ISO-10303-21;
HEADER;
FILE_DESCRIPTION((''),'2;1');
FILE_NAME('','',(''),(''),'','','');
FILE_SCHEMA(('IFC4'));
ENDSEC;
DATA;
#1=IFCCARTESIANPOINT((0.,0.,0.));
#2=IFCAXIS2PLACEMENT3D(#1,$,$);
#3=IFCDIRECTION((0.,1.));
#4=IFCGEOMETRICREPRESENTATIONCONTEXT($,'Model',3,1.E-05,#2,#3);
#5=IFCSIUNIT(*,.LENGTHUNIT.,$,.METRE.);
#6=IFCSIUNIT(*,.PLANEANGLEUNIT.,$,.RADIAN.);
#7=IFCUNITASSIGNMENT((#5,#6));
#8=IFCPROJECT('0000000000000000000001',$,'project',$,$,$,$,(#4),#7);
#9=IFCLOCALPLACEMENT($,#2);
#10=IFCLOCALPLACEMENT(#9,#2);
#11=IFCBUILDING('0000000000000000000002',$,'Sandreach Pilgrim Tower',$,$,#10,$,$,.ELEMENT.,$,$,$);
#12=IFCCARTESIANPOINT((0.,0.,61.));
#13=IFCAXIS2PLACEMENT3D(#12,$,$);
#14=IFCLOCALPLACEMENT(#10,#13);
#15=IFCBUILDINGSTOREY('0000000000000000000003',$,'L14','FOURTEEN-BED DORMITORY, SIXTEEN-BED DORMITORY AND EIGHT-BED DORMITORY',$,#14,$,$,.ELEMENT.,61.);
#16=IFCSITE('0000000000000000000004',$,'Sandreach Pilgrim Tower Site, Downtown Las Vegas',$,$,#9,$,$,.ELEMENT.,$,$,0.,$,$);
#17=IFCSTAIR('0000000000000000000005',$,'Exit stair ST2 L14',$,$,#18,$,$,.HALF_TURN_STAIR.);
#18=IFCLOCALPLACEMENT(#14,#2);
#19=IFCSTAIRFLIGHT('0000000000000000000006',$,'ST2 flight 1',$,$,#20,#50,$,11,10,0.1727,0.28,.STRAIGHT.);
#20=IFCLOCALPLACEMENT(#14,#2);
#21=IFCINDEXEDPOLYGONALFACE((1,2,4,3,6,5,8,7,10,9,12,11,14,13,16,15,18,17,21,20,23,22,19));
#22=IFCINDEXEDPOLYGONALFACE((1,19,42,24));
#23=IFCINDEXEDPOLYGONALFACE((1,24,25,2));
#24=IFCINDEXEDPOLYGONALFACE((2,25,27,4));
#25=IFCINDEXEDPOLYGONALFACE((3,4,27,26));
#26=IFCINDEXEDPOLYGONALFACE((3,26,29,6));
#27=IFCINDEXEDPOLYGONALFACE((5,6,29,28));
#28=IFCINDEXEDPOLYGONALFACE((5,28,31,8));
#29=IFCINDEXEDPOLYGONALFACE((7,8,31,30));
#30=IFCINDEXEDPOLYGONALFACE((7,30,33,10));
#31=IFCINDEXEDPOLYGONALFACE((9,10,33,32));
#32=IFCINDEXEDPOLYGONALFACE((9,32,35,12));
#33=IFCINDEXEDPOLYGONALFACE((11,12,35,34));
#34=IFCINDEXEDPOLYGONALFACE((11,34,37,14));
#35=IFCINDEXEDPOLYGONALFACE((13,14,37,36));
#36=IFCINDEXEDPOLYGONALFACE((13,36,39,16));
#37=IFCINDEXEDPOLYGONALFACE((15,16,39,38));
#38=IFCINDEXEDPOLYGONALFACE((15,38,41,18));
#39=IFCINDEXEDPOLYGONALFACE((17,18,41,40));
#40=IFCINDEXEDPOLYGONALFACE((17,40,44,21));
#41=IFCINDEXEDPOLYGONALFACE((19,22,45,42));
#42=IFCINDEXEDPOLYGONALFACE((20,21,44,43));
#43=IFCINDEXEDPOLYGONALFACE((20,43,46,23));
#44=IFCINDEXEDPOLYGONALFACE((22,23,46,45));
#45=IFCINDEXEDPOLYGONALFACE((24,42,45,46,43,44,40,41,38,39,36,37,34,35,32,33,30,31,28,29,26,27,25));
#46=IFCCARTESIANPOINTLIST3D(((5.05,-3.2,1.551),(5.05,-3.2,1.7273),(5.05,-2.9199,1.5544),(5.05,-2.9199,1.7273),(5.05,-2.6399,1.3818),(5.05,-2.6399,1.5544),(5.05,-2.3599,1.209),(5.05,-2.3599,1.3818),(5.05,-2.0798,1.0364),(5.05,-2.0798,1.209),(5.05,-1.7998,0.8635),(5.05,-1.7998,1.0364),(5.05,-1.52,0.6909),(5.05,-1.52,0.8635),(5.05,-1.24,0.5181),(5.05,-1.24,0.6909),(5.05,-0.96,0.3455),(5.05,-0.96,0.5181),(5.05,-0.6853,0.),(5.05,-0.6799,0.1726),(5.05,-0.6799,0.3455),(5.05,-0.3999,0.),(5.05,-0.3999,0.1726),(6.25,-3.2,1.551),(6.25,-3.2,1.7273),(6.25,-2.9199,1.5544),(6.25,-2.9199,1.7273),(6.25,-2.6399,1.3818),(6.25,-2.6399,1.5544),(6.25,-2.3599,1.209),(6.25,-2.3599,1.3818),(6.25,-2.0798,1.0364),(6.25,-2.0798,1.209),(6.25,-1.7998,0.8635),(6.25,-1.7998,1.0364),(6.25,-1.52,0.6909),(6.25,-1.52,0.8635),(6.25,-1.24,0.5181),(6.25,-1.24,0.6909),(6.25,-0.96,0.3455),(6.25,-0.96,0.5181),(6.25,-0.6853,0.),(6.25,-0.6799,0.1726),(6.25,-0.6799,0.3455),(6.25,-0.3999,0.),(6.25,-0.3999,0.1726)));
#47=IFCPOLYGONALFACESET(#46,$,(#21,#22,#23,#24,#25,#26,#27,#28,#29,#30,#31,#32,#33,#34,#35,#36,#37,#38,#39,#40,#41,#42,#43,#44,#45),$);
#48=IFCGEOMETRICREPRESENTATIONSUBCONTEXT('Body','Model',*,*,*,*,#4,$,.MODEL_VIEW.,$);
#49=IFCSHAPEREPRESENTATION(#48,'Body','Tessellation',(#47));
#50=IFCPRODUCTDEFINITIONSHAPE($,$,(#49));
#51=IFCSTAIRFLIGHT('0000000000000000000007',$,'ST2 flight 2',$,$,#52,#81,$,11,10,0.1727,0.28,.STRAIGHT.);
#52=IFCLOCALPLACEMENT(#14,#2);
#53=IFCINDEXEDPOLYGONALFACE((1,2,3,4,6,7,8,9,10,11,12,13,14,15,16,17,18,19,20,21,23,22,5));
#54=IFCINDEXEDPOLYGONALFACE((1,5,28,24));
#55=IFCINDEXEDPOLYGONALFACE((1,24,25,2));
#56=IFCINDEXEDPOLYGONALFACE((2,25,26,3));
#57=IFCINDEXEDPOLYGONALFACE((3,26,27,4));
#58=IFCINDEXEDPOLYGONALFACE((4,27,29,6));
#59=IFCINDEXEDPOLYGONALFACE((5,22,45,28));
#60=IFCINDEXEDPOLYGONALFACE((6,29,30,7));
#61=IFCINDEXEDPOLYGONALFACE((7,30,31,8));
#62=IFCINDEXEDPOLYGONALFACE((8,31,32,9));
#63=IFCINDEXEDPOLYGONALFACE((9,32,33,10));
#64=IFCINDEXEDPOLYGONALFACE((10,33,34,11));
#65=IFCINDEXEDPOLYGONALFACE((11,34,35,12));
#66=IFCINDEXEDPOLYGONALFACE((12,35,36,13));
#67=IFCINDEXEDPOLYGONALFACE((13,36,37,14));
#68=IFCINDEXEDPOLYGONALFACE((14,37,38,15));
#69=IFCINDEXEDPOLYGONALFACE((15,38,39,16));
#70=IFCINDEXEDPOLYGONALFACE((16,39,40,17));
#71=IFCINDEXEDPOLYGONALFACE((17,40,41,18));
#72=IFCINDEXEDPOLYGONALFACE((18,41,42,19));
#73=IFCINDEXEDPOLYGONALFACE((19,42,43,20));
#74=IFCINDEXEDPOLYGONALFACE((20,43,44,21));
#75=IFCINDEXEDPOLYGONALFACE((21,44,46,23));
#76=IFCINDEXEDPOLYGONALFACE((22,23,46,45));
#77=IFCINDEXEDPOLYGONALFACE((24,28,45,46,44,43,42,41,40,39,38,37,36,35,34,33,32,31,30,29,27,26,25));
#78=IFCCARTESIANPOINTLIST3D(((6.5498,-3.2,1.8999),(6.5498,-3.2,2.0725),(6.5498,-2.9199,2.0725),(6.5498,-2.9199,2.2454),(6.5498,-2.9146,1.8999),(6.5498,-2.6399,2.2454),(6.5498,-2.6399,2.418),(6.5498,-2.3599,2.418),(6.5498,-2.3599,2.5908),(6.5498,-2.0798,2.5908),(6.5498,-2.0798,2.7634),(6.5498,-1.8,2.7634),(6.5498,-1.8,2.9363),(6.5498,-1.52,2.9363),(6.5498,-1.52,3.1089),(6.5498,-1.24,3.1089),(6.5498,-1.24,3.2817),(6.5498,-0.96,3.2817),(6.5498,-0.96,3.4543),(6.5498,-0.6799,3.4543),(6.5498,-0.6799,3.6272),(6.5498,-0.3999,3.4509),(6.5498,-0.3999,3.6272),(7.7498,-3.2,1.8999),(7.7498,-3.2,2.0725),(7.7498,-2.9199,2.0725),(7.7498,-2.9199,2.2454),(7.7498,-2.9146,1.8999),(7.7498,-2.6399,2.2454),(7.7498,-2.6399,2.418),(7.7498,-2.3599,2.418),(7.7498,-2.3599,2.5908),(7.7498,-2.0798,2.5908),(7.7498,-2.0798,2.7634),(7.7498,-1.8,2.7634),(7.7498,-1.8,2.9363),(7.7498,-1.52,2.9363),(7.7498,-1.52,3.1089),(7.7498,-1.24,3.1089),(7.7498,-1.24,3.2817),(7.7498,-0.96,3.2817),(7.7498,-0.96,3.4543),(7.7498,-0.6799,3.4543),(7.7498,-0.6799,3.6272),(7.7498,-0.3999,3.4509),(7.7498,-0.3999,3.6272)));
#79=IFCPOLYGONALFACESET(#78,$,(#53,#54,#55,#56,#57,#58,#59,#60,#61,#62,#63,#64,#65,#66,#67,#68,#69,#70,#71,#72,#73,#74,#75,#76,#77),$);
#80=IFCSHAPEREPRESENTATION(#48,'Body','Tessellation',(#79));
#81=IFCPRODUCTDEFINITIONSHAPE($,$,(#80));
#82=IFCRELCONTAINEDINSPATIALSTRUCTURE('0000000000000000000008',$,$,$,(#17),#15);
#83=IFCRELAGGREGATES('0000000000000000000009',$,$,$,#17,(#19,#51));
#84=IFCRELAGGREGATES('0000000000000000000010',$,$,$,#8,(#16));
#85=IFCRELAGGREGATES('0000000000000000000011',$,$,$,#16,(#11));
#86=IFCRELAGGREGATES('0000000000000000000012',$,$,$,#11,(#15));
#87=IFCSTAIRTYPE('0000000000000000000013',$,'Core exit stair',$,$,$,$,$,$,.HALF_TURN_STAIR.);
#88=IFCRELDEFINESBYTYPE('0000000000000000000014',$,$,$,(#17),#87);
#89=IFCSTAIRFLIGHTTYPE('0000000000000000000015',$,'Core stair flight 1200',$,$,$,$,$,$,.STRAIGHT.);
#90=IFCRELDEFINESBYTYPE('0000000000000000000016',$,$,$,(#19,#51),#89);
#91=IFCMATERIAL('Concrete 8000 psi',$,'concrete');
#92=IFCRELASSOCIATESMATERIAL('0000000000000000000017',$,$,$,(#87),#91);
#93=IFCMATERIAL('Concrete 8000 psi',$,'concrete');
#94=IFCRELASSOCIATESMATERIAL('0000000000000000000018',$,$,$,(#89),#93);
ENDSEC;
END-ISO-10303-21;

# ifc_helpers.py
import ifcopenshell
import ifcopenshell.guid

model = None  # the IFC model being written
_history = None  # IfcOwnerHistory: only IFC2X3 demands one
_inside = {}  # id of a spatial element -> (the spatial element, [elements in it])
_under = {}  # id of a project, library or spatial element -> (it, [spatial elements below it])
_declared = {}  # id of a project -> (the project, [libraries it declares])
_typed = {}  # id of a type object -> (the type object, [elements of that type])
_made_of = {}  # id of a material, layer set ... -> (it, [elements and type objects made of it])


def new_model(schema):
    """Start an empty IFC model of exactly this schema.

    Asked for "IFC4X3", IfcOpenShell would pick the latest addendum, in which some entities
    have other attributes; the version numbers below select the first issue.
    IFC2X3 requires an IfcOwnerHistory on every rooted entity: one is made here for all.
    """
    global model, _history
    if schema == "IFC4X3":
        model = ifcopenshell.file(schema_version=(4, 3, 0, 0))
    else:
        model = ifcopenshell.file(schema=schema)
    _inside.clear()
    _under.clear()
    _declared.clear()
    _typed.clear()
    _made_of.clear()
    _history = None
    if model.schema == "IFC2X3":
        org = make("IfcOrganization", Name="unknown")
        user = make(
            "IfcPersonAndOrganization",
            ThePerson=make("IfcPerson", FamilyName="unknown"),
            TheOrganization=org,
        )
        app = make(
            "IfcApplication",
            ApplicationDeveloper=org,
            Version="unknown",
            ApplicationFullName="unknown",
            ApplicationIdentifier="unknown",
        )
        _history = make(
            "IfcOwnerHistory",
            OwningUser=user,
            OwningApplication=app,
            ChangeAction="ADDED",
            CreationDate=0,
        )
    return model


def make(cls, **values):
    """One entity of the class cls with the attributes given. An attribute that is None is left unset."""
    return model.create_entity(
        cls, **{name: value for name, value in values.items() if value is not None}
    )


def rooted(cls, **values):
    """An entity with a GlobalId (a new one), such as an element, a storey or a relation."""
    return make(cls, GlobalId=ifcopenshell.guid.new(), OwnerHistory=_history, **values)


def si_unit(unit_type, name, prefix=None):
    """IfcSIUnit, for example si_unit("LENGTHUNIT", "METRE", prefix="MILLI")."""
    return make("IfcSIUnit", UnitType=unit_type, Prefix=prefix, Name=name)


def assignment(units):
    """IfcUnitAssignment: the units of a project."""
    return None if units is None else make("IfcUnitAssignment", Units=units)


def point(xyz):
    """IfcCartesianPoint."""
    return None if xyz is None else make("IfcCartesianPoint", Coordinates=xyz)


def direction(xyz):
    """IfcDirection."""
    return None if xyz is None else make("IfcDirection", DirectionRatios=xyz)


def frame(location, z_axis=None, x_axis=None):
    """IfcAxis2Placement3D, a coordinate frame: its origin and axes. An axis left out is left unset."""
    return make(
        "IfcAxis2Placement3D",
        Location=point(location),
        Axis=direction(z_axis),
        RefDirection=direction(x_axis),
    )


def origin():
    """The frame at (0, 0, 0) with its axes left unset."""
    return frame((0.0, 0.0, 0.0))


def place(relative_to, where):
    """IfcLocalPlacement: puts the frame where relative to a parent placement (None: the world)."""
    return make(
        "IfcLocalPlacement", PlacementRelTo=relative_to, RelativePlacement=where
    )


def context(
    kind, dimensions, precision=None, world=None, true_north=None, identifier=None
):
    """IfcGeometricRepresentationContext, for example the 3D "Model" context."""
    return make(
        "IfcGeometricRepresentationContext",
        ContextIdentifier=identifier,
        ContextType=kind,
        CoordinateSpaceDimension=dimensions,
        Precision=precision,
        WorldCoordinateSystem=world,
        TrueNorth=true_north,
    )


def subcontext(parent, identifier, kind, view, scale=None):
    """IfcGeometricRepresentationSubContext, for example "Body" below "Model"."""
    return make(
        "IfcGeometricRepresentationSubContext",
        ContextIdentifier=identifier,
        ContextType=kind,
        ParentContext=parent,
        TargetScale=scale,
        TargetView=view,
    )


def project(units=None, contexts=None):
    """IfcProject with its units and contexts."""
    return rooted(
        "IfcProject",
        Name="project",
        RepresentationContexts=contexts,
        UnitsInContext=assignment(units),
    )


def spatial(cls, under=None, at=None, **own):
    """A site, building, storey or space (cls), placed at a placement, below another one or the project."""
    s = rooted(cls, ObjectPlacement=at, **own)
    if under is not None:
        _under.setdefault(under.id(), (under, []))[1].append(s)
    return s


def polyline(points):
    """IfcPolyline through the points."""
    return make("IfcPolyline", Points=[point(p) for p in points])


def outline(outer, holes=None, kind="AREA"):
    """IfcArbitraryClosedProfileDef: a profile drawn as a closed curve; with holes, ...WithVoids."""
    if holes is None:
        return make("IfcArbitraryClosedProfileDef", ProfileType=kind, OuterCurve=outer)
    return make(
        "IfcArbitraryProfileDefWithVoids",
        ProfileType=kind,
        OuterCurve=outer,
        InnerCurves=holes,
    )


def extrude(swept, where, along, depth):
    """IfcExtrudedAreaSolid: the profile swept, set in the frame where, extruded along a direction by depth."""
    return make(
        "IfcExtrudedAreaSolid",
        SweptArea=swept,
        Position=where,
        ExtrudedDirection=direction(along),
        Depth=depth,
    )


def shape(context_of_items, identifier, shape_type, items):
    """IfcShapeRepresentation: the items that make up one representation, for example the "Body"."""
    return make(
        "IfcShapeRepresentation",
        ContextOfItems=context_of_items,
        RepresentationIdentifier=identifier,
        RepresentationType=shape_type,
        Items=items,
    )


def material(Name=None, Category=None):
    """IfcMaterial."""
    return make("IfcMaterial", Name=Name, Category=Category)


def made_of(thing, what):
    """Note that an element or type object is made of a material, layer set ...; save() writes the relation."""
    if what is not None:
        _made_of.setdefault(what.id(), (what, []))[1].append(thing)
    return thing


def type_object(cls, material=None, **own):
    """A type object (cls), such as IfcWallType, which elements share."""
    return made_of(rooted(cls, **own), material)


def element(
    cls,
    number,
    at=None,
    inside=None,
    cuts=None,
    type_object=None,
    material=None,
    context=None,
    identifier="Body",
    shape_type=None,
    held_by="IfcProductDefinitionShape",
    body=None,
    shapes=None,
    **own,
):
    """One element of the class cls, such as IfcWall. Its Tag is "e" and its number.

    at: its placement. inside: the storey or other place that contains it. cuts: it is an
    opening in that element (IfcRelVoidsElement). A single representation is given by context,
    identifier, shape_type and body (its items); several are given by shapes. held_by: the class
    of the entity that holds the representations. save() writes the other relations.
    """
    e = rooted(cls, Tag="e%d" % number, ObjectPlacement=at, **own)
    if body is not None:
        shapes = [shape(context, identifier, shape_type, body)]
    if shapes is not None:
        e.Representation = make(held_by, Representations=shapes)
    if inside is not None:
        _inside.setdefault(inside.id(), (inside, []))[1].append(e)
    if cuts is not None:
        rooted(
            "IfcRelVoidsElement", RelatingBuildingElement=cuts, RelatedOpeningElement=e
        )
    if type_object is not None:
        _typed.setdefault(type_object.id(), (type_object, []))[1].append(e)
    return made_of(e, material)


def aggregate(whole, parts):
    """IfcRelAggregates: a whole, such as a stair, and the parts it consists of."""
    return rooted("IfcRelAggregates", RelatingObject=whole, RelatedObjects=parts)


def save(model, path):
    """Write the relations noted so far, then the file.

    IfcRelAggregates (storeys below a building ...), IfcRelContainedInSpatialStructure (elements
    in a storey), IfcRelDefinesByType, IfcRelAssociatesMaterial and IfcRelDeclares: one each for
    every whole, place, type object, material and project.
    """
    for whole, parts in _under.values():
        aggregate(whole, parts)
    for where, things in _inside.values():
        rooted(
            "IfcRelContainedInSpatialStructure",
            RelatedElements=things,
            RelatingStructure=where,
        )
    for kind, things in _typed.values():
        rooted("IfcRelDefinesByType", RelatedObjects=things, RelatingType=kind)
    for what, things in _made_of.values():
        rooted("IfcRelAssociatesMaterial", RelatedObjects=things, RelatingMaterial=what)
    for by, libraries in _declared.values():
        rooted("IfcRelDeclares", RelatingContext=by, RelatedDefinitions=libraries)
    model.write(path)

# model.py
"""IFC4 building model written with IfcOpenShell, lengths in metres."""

from ifc_helpers import new_model, si_unit, direction, frame, origin, place, context, subcontext, project, spatial, polyline, outline, extrude, material, type_object, element, aggregate, save


model = new_model("IFC4")

# Units and contexts
model_context = context("Model", 3, precision=1e-05, world=origin(), true_north=direction((0.0, 1.0)))
body_context = subcontext(model_context, "Body", "Model", "MODEL_VIEW")
ifc_project = project(units=[si_unit("LENGTHUNIT", "METRE"), si_unit("PLANEANGLEUNIT", "RADIAN")], contexts=[model_context])

# Site, building, storey
site_placement = place(None, origin())
site = spatial("IfcSite", under=ifc_project, at=site_placement, Name="Sandreach Pilgrim Tower Site, Downtown Las Vegas", CompositionType="ELEMENT", RefElevation=0.0)
building_placement = place(site_placement, origin())
building = spatial("IfcBuilding", under=site, at=building_placement, Name="Sandreach Pilgrim Tower", CompositionType="ELEMENT")
storey_placement = place(building_placement, frame((0.0, 0.0, 61.0)))
storey = spatial("IfcBuildingStorey", under=building, at=storey_placement, Name="L14", Description="FOURTEEN-BED DORMITORY, SIXTEEN-BED DORMITORY AND EIGHT-BED DORMITORY", CompositionType="ELEMENT", Elevation=61.0)

# Stair, stair flights
ifc_material_1 = material(Name="Concrete 8000 psi", Category="concrete")
stair_type = type_object("IfcStairType", Name="Core exit stair", PredefinedType="HALF_TURN_STAIR", material=ifc_material_1)
stair_placement = place(storey_placement, origin())
stair = element("IfcStair", 1, at=stair_placement, inside=storey, type_object=stair_type, Name="Exit stair ST2 L14", PredefinedType="HALF_TURN_STAIR")
ifc_material_2 = material(Name="Concrete 8000 psi", Category="concrete")
stair_flight_type = type_object("IfcStairFlightType", Name="Core stair flight 1200", PredefinedType="STRAIGHT", material=ifc_material_2)
stair_flight_1_placement = place(storey_placement, frame((5.6499, -0.3999, 0.0), z_axis=(0.0, 0.0, 1.0), x_axis=(0.0, -1.0, 0.0)))
stair_flight_1 = element("IfcStairFlight", 2, at=stair_flight_1_placement, type_object=stair_flight_type, Name="ST2 flight 1", NumberOfRisers=11, NumberOfTreads=10, PredefinedType="STRAIGHT", RiserHeight=0.1727, TreadLength=0.28, context=body_context, shape_type="SweptSolid", body=[
    extrude(outline(polyline([(0.0, 0.0), (0.0, 0.1726), (0.28, 0.1726), (0.28, 0.3455), (0.5601, 0.3455), (0.5601, 0.5181), (0.8401, 0.5181), (0.8401, 0.6909), (1.1201, 0.6909), (1.1201, 0.8635), (1.3999, 0.8635), (1.3999, 1.0364), (1.6799, 1.0364), (1.6799, 1.209), (1.96, 1.209), (1.96, 1.3818), (2.24, 1.3818), (2.24, 1.5544), (2.52, 1.5544), (2.52, 1.7273), (2.8, 1.7273), (2.8, 1.8999), (2.8, 1.551), (0.2854, 0.0), (0.0, 0.0)])), frame((0.0, 0.6001, 0.0), z_axis=(0.0, -1.0, 0.0), x_axis=(1.0, 0.0, 0.0)), (0.0, 0.0, 1.0), 1.2),
])
stair_flight_2_placement = place(storey_placement, frame((7.1499, -3.2, 1.8999), z_axis=(0.0, 0.0, 1.0), x_axis=(0.0, 1.0, 0.0)))
stair_flight_2 = element("IfcStairFlight", 3, at=stair_flight_2_placement, type_object=stair_flight_type, Name="ST2 flight 2", NumberOfRisers=11, NumberOfTreads=10, PredefinedType="STRAIGHT", RiserHeight=0.1727, TreadLength=0.28, context=body_context, shape_type="SweptSolid", body=[
    extrude(outline(polyline([(0.0, 0.0), (0.0, 0.1726), (0.28, 0.1726), (0.28, 0.3455), (0.5601, 0.3455), (0.5601, 0.5181), (0.8401, 0.5181), (0.8401, 0.6909), (1.1201, 0.6909), (1.1201, 0.8635), (1.3999, 0.8635), (1.3999, 1.0364), (1.6799, 1.0364), (1.6799, 1.209), (1.96, 1.209), (1.96, 1.3818), (2.24, 1.3818), (2.24, 1.5544), (2.52, 1.5544), (2.52, 1.7273), (2.8, 1.7273), (2.8, 1.8999), (2.8, 1.551), (0.2854, 0.0), (0.0, 0.0)])), frame((0.0, 0.6001, 0.0), z_axis=(0.0, -1.0, 0.0), x_axis=(1.0, 0.0, 0.0)), (0.0, 0.0, 1.0), 1.2),
])
aggregate(stair, [stair_flight_1, stair_flight_2])

save(model, "model.ifc")
